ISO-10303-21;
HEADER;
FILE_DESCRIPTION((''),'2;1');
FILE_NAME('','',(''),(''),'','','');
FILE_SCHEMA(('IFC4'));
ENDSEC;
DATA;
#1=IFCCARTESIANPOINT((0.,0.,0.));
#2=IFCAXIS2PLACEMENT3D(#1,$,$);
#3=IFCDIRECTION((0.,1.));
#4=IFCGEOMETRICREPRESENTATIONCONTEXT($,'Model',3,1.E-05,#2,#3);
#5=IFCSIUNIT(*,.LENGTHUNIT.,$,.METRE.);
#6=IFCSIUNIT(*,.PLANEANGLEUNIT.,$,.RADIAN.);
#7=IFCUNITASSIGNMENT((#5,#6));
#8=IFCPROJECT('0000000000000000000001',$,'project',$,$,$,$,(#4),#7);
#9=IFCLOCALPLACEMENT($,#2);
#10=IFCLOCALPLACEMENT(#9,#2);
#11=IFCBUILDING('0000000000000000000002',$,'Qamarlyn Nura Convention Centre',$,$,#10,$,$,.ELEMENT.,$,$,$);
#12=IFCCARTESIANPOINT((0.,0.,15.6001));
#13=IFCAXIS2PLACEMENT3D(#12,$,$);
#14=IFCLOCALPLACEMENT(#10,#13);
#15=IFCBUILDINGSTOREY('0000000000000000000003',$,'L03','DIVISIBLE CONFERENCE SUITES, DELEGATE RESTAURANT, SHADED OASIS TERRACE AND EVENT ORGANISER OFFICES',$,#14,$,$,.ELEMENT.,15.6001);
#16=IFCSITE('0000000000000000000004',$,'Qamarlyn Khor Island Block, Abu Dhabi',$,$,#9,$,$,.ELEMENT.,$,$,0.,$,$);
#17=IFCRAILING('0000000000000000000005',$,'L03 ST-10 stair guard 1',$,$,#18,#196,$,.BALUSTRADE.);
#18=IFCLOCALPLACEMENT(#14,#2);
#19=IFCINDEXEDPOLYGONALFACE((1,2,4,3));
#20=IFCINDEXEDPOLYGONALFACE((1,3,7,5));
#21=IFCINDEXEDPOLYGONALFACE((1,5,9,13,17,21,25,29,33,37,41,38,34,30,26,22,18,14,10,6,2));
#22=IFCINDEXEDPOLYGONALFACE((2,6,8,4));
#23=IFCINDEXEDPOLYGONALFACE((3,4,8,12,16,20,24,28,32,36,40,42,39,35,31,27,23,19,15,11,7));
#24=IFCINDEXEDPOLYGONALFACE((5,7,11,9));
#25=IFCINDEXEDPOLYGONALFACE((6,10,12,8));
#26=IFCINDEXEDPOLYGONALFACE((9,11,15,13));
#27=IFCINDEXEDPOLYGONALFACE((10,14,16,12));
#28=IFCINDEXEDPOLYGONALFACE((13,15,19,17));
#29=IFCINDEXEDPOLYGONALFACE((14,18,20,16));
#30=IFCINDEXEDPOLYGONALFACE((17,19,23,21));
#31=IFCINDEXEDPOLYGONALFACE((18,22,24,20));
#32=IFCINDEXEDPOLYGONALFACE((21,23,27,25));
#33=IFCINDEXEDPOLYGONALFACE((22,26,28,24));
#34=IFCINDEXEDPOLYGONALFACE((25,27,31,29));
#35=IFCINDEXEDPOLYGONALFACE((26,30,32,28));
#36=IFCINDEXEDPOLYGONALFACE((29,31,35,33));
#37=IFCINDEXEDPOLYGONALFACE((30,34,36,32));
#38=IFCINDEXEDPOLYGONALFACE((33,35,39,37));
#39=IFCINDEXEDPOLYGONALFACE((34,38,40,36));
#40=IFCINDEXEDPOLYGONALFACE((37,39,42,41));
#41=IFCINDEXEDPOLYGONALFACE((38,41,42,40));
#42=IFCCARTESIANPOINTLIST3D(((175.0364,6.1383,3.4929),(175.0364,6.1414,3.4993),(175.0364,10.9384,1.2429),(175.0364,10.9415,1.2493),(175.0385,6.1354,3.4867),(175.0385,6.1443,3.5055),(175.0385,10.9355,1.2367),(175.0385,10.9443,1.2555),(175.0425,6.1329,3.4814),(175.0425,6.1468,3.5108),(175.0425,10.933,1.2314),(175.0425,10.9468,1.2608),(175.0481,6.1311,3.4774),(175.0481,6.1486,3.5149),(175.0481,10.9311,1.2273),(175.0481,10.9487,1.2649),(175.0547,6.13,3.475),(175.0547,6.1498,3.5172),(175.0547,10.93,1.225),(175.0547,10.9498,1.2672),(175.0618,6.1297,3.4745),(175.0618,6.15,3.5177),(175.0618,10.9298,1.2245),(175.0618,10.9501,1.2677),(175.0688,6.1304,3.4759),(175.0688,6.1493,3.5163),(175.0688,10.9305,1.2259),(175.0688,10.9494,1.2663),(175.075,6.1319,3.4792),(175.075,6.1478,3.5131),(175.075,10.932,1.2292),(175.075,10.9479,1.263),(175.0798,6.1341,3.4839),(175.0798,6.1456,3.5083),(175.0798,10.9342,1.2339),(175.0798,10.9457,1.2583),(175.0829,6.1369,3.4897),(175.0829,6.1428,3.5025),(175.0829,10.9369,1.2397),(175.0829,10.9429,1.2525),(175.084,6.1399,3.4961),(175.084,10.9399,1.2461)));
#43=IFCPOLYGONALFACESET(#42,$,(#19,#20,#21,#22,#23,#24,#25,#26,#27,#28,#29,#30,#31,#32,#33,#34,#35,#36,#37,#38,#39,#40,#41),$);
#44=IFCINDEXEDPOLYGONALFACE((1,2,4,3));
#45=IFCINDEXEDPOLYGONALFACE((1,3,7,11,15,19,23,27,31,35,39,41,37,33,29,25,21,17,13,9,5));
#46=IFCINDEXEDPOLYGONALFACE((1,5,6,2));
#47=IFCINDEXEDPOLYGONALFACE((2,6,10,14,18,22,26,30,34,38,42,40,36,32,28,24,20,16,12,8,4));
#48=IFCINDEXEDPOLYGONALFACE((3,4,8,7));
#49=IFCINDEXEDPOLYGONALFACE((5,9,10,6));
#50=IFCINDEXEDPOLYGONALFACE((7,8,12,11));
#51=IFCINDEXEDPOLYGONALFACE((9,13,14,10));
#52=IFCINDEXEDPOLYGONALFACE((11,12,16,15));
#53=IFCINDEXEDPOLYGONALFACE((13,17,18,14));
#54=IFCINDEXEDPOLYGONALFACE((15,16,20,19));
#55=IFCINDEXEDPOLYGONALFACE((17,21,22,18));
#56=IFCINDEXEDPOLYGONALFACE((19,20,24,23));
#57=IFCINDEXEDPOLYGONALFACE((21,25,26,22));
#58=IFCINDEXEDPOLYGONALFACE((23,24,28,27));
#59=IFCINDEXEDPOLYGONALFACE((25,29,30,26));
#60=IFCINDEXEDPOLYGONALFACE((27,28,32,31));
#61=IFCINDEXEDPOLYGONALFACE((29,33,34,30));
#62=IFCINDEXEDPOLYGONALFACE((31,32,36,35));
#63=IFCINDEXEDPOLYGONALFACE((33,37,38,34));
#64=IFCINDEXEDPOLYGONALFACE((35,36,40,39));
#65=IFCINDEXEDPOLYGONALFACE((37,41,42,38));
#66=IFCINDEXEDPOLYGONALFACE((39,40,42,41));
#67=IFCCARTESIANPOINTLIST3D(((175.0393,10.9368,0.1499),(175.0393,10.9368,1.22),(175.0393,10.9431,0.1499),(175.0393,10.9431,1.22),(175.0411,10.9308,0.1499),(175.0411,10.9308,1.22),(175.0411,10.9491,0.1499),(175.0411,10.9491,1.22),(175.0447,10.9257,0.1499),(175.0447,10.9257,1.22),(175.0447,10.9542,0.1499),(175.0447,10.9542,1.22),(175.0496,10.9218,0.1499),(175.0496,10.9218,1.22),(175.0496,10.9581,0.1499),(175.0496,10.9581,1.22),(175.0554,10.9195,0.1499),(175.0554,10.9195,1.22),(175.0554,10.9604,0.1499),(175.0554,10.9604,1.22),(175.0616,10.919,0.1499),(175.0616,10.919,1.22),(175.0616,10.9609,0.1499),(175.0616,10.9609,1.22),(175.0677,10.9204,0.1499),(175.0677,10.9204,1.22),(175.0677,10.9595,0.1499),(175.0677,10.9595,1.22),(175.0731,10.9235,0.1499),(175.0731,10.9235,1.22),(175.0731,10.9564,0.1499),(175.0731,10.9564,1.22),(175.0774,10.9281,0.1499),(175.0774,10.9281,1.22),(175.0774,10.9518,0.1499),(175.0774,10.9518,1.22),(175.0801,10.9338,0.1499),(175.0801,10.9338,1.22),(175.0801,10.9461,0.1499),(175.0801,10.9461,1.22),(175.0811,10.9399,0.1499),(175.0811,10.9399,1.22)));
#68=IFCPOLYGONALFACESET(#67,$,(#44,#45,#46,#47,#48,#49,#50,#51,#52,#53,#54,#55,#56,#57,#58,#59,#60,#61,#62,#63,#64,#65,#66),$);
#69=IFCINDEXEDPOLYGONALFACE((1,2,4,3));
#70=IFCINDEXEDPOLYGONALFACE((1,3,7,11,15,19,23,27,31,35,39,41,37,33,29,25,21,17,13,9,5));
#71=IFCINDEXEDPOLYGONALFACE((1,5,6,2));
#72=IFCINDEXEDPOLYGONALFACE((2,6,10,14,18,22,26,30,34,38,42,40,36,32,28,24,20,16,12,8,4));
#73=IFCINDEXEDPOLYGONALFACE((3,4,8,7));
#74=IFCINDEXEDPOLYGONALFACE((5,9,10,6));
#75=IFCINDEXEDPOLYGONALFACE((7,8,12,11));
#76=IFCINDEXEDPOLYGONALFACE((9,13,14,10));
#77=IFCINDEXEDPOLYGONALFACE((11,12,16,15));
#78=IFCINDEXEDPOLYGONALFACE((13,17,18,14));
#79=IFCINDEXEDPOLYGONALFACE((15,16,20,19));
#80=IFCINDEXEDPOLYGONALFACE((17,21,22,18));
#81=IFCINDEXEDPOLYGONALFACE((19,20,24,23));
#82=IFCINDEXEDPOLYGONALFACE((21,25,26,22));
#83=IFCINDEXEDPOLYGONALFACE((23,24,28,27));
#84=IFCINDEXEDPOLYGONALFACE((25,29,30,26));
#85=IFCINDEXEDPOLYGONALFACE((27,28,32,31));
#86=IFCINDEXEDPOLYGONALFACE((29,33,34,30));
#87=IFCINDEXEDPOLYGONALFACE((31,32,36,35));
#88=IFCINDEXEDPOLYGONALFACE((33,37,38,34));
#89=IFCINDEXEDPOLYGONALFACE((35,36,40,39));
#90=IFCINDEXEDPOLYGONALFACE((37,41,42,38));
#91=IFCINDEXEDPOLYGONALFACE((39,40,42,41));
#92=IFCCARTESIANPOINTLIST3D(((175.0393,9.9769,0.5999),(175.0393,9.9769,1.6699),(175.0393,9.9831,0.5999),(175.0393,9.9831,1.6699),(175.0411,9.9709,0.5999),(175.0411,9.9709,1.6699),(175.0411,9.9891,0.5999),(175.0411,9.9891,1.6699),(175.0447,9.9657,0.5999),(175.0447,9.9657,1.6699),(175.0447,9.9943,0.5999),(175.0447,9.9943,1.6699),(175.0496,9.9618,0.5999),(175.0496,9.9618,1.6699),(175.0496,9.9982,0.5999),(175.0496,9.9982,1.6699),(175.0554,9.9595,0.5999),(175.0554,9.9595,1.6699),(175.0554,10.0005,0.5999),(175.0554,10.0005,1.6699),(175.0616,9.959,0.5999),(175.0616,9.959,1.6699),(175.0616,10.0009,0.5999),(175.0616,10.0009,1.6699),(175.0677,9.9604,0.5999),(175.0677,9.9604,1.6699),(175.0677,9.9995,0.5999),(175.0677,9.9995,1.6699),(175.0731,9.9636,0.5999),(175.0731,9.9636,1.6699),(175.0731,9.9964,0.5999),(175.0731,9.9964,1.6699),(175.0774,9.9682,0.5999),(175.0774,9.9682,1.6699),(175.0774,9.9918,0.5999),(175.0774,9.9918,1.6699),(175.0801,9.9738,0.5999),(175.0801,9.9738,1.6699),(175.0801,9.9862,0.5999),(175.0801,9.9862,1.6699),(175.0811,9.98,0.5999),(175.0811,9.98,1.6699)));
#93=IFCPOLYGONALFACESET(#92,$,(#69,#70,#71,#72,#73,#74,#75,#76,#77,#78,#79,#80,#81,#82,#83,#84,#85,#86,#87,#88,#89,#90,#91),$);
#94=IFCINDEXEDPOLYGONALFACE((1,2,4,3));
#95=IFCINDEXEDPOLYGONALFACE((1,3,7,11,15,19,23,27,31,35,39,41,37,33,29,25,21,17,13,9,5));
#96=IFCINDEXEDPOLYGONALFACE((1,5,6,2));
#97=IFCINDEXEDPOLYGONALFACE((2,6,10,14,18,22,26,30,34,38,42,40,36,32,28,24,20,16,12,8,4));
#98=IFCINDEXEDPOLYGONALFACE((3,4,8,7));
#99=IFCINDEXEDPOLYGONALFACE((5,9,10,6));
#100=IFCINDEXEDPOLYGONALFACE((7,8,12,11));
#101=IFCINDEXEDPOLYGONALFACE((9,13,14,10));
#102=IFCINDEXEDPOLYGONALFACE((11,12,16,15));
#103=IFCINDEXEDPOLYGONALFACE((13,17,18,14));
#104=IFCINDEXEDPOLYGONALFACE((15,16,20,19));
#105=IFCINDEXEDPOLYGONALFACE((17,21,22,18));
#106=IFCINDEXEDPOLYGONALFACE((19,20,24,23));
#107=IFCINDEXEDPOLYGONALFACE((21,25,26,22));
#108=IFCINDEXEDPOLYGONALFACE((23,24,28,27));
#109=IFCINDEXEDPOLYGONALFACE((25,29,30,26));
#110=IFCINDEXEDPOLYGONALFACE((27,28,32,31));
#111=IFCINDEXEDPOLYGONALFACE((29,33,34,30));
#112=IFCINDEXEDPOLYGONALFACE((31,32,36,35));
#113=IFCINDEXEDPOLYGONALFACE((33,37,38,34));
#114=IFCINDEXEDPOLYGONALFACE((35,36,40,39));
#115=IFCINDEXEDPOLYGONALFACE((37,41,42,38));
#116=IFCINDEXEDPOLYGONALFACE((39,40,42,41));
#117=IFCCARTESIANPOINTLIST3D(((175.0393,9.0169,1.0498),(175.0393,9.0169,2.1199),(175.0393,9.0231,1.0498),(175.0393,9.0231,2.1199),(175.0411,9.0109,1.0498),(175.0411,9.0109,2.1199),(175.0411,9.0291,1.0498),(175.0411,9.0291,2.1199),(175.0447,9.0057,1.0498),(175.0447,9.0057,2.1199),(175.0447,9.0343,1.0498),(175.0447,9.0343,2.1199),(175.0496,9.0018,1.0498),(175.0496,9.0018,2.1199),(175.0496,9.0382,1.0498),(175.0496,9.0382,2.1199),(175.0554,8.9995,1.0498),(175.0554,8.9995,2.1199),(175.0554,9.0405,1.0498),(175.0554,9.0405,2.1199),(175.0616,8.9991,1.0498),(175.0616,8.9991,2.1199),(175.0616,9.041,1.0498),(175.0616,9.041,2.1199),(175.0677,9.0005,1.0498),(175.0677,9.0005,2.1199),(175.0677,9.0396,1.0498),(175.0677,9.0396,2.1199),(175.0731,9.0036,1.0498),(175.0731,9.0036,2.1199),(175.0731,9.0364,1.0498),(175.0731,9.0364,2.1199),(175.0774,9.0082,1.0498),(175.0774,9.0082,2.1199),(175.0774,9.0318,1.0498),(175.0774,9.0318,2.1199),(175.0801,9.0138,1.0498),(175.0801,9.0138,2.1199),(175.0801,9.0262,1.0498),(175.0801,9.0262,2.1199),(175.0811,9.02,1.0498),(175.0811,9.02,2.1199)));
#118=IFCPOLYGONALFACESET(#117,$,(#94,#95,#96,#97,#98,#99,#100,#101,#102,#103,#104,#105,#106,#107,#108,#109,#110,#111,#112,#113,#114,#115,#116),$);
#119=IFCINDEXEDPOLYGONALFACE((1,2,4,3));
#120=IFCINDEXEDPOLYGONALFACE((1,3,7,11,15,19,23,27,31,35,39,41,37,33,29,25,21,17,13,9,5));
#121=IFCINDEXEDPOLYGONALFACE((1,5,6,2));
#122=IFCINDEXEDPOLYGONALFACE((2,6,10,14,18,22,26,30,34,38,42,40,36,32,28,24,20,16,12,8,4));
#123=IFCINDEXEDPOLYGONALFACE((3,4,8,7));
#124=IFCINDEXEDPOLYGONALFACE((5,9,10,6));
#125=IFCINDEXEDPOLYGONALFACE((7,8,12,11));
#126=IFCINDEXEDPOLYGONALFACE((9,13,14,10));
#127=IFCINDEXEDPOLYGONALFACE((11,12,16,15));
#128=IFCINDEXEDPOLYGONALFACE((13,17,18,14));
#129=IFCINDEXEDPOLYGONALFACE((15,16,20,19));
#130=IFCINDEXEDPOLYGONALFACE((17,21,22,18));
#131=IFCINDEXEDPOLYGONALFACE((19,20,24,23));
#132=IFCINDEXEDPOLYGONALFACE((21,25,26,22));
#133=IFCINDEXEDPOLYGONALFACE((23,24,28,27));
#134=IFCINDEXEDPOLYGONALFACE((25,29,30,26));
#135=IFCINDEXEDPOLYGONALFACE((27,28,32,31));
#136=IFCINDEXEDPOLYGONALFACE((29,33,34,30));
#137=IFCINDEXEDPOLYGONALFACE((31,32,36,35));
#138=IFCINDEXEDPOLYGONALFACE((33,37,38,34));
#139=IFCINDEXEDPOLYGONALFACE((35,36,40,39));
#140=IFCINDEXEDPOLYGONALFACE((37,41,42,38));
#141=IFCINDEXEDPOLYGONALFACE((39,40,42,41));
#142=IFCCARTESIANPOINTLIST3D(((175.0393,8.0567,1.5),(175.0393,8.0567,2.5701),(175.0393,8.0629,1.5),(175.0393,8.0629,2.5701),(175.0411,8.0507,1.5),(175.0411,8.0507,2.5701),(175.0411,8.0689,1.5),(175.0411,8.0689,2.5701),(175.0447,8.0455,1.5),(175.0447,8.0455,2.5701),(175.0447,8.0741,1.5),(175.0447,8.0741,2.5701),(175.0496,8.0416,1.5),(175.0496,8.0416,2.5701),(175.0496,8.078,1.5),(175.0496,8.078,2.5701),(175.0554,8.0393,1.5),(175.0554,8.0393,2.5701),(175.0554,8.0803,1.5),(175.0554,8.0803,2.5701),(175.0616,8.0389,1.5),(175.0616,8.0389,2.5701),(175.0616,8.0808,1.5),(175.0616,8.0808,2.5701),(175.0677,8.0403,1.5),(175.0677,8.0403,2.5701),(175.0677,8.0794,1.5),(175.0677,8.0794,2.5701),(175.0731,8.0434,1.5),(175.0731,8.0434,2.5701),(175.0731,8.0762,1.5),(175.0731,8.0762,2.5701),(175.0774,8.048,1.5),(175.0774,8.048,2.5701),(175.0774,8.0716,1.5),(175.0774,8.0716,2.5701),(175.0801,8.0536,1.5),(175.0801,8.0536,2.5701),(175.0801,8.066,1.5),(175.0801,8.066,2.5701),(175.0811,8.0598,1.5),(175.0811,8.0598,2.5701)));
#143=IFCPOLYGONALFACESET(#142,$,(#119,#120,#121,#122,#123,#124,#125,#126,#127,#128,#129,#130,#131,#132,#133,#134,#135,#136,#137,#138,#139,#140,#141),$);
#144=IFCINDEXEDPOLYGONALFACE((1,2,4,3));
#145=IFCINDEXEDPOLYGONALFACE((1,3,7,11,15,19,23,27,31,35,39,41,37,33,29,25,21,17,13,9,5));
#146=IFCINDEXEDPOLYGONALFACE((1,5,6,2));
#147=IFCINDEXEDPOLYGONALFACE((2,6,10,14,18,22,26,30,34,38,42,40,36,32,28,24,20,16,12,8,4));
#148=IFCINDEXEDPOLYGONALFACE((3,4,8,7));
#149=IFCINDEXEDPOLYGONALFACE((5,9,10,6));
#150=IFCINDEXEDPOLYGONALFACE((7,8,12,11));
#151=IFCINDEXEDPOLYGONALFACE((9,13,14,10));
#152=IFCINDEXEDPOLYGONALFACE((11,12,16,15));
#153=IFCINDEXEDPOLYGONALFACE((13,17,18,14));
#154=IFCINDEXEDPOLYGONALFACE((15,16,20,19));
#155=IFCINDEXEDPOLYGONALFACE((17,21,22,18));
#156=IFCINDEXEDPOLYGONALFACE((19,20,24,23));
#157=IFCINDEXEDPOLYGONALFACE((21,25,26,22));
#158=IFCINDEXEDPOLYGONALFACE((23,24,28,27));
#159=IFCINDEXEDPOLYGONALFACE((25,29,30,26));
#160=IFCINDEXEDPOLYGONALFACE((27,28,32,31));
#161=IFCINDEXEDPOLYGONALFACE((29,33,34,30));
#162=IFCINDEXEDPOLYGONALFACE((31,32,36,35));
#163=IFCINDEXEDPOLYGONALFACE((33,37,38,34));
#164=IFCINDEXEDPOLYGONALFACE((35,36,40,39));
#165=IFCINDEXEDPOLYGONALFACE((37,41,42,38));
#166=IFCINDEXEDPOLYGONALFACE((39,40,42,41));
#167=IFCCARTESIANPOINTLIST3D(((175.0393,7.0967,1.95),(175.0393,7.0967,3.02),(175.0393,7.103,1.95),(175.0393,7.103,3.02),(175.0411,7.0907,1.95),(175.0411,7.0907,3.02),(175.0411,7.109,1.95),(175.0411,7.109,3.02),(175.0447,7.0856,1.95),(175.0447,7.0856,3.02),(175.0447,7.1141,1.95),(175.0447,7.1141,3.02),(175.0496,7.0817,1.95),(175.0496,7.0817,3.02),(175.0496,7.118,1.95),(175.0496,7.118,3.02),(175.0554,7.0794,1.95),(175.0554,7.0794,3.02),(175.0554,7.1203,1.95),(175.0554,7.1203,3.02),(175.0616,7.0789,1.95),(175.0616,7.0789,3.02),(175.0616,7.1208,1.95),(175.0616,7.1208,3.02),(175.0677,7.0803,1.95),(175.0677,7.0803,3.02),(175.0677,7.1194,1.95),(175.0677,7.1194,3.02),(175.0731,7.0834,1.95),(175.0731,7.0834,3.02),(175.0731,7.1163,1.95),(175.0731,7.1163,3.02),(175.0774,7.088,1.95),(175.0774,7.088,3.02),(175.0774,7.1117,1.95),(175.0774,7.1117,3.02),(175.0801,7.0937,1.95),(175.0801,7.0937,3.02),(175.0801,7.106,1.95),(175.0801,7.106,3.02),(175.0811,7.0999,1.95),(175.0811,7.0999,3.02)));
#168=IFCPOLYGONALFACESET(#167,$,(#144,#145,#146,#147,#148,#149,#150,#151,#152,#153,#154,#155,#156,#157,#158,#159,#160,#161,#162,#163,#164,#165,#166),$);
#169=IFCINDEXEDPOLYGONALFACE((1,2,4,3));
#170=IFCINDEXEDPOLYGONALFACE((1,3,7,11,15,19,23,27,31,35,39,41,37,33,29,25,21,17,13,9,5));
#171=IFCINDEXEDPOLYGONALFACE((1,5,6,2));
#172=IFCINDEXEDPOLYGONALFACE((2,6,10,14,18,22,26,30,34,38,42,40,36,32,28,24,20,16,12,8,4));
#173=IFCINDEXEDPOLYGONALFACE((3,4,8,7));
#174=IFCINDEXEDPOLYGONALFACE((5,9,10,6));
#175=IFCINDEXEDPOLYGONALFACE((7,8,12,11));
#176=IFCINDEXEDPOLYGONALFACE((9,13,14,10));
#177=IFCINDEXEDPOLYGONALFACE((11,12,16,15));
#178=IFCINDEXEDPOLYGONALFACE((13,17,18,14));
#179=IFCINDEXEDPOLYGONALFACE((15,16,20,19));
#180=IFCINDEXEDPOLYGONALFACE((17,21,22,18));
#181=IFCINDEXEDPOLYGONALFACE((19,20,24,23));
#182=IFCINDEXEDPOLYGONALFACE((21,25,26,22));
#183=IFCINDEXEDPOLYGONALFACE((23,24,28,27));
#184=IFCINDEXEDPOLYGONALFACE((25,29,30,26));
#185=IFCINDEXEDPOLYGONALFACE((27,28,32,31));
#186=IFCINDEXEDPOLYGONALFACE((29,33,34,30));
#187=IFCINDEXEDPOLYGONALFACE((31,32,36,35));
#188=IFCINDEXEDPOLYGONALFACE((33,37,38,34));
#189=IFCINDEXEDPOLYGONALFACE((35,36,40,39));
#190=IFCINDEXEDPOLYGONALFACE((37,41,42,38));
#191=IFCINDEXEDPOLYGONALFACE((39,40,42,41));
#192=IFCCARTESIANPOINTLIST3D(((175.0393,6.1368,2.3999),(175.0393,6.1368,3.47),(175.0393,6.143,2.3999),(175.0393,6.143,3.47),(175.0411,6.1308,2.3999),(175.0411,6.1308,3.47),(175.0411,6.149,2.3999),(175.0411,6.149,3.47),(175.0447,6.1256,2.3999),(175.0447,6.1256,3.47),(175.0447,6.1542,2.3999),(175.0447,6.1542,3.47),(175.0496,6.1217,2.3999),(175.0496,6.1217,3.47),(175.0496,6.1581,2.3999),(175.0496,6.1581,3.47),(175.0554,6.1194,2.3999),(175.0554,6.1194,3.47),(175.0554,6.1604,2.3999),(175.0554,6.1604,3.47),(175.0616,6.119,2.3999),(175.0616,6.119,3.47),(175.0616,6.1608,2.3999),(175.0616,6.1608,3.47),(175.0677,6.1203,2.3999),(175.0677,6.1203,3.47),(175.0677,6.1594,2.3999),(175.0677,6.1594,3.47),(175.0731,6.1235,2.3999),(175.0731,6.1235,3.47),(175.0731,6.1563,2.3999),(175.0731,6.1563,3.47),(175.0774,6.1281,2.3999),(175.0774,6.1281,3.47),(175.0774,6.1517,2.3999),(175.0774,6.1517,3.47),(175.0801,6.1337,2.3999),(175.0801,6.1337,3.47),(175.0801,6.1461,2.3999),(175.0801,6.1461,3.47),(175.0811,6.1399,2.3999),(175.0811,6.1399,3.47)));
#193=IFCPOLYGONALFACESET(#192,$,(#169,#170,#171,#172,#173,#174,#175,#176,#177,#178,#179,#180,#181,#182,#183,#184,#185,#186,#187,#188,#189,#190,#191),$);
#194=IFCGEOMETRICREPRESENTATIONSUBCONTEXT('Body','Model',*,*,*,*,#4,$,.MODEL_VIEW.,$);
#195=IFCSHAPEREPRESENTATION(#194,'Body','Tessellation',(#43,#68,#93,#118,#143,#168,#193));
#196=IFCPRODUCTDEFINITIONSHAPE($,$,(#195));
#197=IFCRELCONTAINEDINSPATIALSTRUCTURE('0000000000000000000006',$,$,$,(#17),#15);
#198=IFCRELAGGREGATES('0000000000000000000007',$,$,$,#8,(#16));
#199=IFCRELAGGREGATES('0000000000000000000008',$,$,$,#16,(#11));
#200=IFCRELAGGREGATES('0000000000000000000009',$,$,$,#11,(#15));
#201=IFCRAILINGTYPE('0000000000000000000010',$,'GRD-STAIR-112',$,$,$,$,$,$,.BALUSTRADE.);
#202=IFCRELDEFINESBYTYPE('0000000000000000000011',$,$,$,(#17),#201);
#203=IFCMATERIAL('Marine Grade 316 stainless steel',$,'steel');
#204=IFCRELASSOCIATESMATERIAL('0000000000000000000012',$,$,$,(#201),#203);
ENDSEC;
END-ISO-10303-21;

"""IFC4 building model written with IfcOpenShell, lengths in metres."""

from ifc_helpers import new_model, si_unit, direction, frame, origin, origin_2d, place, context, subcontext, project, spatial, circle, extrude, material, type_object, element, save


model = new_model("IFC4")

# Units and contexts
model_context = context("Model", 3, precision=1e-05, world=origin(), true_north=direction((0.0, 1.0)))
body_context = subcontext(model_context, "Body", "Model", "MODEL_VIEW")
ifc_project = project(units=[si_unit("LENGTHUNIT", "METRE"), si_unit("PLANEANGLEUNIT", "RADIAN")], contexts=[model_context])

# Site, building, storey
site_placement = place(None, origin())
site = spatial("IfcSite", under=ifc_project, at=site_placement, Name="Qamarlyn Khor Island Block, Abu Dhabi", CompositionType="ELEMENT", RefElevation=0.0)
building_placement = place(site_placement, origin())
building = spatial("IfcBuilding", under=site, at=building_placement, Name="Qamarlyn Nura Convention Centre", CompositionType="ELEMENT")
storey_placement = place(building_placement, frame((0.0, 0.0, 15.6001)))
storey = spatial("IfcBuildingStorey", under=building, at=storey_placement, Name="L03", Description="DIVISIBLE CONFERENCE SUITES, DELEGATE RESTAURANT, SHADED OASIS TERRACE AND EVENT ORGANISER OFFICES", CompositionType="ELEMENT", Elevation=15.6001)

# Railing
ifc_material_1 = material(Name="Marine Grade 316 stainless steel", Category="steel")
railing_type_1 = type_object("IfcRailingType", Name="GRD-STAIR-112", PredefinedType="BALUSTRADE", material=ifc_material_1)
railing_1_placement = place(storey_placement, frame((175.0601, 10.9399, 0.1499)))
element("IfcRailing", 1, at=railing_1_placement, inside=storey, type_object=railing_type_1, Name="L03 ST-10 stair guard 1", PredefinedType="BALUSTRADE", context=body_context, shape_type="SweptSolid", body=[
    extrude(circle(Radius=0.0239, at=origin_2d()), frame((0.0, 0.0, 1.0962), z_axis=(0.0, -0.905461, 0.42443), x_axis=(1.0, 0.0, 0.0)), (0.0, 0.0, 1.0), 5.3013),
    extrude(circle(Radius=0.021, at=origin_2d()), origin(), (0.0, 0.0, 1.0), 1.0701),
    extrude(circle(Radius=0.021, at=origin_2d()), frame((0.0, -0.96, 0.45)), (0.0, 0.0, 1.0), 1.0701),
    extrude(circle(Radius=0.021, at=origin_2d()), frame((0.0, -1.9199, 0.8999)), (0.0, 0.0, 1.0), 1.0701),
    extrude(circle(Radius=0.021, at=origin_2d()), frame((0.0, -2.8801, 1.3501)), (0.0, 0.0, 1.0), 1.0701),
    extrude(circle(Radius=0.021, at=origin_2d()), frame((0.0, -3.8401, 1.8)), (0.0, 0.0, 1.0), 1.0701),
    extrude(circle(Radius=0.021, at=origin_2d()), frame((0.0, -4.8, 2.25)), (0.0, 0.0, 1.0), 1.0701),
])

save(model, "model.ifc")
